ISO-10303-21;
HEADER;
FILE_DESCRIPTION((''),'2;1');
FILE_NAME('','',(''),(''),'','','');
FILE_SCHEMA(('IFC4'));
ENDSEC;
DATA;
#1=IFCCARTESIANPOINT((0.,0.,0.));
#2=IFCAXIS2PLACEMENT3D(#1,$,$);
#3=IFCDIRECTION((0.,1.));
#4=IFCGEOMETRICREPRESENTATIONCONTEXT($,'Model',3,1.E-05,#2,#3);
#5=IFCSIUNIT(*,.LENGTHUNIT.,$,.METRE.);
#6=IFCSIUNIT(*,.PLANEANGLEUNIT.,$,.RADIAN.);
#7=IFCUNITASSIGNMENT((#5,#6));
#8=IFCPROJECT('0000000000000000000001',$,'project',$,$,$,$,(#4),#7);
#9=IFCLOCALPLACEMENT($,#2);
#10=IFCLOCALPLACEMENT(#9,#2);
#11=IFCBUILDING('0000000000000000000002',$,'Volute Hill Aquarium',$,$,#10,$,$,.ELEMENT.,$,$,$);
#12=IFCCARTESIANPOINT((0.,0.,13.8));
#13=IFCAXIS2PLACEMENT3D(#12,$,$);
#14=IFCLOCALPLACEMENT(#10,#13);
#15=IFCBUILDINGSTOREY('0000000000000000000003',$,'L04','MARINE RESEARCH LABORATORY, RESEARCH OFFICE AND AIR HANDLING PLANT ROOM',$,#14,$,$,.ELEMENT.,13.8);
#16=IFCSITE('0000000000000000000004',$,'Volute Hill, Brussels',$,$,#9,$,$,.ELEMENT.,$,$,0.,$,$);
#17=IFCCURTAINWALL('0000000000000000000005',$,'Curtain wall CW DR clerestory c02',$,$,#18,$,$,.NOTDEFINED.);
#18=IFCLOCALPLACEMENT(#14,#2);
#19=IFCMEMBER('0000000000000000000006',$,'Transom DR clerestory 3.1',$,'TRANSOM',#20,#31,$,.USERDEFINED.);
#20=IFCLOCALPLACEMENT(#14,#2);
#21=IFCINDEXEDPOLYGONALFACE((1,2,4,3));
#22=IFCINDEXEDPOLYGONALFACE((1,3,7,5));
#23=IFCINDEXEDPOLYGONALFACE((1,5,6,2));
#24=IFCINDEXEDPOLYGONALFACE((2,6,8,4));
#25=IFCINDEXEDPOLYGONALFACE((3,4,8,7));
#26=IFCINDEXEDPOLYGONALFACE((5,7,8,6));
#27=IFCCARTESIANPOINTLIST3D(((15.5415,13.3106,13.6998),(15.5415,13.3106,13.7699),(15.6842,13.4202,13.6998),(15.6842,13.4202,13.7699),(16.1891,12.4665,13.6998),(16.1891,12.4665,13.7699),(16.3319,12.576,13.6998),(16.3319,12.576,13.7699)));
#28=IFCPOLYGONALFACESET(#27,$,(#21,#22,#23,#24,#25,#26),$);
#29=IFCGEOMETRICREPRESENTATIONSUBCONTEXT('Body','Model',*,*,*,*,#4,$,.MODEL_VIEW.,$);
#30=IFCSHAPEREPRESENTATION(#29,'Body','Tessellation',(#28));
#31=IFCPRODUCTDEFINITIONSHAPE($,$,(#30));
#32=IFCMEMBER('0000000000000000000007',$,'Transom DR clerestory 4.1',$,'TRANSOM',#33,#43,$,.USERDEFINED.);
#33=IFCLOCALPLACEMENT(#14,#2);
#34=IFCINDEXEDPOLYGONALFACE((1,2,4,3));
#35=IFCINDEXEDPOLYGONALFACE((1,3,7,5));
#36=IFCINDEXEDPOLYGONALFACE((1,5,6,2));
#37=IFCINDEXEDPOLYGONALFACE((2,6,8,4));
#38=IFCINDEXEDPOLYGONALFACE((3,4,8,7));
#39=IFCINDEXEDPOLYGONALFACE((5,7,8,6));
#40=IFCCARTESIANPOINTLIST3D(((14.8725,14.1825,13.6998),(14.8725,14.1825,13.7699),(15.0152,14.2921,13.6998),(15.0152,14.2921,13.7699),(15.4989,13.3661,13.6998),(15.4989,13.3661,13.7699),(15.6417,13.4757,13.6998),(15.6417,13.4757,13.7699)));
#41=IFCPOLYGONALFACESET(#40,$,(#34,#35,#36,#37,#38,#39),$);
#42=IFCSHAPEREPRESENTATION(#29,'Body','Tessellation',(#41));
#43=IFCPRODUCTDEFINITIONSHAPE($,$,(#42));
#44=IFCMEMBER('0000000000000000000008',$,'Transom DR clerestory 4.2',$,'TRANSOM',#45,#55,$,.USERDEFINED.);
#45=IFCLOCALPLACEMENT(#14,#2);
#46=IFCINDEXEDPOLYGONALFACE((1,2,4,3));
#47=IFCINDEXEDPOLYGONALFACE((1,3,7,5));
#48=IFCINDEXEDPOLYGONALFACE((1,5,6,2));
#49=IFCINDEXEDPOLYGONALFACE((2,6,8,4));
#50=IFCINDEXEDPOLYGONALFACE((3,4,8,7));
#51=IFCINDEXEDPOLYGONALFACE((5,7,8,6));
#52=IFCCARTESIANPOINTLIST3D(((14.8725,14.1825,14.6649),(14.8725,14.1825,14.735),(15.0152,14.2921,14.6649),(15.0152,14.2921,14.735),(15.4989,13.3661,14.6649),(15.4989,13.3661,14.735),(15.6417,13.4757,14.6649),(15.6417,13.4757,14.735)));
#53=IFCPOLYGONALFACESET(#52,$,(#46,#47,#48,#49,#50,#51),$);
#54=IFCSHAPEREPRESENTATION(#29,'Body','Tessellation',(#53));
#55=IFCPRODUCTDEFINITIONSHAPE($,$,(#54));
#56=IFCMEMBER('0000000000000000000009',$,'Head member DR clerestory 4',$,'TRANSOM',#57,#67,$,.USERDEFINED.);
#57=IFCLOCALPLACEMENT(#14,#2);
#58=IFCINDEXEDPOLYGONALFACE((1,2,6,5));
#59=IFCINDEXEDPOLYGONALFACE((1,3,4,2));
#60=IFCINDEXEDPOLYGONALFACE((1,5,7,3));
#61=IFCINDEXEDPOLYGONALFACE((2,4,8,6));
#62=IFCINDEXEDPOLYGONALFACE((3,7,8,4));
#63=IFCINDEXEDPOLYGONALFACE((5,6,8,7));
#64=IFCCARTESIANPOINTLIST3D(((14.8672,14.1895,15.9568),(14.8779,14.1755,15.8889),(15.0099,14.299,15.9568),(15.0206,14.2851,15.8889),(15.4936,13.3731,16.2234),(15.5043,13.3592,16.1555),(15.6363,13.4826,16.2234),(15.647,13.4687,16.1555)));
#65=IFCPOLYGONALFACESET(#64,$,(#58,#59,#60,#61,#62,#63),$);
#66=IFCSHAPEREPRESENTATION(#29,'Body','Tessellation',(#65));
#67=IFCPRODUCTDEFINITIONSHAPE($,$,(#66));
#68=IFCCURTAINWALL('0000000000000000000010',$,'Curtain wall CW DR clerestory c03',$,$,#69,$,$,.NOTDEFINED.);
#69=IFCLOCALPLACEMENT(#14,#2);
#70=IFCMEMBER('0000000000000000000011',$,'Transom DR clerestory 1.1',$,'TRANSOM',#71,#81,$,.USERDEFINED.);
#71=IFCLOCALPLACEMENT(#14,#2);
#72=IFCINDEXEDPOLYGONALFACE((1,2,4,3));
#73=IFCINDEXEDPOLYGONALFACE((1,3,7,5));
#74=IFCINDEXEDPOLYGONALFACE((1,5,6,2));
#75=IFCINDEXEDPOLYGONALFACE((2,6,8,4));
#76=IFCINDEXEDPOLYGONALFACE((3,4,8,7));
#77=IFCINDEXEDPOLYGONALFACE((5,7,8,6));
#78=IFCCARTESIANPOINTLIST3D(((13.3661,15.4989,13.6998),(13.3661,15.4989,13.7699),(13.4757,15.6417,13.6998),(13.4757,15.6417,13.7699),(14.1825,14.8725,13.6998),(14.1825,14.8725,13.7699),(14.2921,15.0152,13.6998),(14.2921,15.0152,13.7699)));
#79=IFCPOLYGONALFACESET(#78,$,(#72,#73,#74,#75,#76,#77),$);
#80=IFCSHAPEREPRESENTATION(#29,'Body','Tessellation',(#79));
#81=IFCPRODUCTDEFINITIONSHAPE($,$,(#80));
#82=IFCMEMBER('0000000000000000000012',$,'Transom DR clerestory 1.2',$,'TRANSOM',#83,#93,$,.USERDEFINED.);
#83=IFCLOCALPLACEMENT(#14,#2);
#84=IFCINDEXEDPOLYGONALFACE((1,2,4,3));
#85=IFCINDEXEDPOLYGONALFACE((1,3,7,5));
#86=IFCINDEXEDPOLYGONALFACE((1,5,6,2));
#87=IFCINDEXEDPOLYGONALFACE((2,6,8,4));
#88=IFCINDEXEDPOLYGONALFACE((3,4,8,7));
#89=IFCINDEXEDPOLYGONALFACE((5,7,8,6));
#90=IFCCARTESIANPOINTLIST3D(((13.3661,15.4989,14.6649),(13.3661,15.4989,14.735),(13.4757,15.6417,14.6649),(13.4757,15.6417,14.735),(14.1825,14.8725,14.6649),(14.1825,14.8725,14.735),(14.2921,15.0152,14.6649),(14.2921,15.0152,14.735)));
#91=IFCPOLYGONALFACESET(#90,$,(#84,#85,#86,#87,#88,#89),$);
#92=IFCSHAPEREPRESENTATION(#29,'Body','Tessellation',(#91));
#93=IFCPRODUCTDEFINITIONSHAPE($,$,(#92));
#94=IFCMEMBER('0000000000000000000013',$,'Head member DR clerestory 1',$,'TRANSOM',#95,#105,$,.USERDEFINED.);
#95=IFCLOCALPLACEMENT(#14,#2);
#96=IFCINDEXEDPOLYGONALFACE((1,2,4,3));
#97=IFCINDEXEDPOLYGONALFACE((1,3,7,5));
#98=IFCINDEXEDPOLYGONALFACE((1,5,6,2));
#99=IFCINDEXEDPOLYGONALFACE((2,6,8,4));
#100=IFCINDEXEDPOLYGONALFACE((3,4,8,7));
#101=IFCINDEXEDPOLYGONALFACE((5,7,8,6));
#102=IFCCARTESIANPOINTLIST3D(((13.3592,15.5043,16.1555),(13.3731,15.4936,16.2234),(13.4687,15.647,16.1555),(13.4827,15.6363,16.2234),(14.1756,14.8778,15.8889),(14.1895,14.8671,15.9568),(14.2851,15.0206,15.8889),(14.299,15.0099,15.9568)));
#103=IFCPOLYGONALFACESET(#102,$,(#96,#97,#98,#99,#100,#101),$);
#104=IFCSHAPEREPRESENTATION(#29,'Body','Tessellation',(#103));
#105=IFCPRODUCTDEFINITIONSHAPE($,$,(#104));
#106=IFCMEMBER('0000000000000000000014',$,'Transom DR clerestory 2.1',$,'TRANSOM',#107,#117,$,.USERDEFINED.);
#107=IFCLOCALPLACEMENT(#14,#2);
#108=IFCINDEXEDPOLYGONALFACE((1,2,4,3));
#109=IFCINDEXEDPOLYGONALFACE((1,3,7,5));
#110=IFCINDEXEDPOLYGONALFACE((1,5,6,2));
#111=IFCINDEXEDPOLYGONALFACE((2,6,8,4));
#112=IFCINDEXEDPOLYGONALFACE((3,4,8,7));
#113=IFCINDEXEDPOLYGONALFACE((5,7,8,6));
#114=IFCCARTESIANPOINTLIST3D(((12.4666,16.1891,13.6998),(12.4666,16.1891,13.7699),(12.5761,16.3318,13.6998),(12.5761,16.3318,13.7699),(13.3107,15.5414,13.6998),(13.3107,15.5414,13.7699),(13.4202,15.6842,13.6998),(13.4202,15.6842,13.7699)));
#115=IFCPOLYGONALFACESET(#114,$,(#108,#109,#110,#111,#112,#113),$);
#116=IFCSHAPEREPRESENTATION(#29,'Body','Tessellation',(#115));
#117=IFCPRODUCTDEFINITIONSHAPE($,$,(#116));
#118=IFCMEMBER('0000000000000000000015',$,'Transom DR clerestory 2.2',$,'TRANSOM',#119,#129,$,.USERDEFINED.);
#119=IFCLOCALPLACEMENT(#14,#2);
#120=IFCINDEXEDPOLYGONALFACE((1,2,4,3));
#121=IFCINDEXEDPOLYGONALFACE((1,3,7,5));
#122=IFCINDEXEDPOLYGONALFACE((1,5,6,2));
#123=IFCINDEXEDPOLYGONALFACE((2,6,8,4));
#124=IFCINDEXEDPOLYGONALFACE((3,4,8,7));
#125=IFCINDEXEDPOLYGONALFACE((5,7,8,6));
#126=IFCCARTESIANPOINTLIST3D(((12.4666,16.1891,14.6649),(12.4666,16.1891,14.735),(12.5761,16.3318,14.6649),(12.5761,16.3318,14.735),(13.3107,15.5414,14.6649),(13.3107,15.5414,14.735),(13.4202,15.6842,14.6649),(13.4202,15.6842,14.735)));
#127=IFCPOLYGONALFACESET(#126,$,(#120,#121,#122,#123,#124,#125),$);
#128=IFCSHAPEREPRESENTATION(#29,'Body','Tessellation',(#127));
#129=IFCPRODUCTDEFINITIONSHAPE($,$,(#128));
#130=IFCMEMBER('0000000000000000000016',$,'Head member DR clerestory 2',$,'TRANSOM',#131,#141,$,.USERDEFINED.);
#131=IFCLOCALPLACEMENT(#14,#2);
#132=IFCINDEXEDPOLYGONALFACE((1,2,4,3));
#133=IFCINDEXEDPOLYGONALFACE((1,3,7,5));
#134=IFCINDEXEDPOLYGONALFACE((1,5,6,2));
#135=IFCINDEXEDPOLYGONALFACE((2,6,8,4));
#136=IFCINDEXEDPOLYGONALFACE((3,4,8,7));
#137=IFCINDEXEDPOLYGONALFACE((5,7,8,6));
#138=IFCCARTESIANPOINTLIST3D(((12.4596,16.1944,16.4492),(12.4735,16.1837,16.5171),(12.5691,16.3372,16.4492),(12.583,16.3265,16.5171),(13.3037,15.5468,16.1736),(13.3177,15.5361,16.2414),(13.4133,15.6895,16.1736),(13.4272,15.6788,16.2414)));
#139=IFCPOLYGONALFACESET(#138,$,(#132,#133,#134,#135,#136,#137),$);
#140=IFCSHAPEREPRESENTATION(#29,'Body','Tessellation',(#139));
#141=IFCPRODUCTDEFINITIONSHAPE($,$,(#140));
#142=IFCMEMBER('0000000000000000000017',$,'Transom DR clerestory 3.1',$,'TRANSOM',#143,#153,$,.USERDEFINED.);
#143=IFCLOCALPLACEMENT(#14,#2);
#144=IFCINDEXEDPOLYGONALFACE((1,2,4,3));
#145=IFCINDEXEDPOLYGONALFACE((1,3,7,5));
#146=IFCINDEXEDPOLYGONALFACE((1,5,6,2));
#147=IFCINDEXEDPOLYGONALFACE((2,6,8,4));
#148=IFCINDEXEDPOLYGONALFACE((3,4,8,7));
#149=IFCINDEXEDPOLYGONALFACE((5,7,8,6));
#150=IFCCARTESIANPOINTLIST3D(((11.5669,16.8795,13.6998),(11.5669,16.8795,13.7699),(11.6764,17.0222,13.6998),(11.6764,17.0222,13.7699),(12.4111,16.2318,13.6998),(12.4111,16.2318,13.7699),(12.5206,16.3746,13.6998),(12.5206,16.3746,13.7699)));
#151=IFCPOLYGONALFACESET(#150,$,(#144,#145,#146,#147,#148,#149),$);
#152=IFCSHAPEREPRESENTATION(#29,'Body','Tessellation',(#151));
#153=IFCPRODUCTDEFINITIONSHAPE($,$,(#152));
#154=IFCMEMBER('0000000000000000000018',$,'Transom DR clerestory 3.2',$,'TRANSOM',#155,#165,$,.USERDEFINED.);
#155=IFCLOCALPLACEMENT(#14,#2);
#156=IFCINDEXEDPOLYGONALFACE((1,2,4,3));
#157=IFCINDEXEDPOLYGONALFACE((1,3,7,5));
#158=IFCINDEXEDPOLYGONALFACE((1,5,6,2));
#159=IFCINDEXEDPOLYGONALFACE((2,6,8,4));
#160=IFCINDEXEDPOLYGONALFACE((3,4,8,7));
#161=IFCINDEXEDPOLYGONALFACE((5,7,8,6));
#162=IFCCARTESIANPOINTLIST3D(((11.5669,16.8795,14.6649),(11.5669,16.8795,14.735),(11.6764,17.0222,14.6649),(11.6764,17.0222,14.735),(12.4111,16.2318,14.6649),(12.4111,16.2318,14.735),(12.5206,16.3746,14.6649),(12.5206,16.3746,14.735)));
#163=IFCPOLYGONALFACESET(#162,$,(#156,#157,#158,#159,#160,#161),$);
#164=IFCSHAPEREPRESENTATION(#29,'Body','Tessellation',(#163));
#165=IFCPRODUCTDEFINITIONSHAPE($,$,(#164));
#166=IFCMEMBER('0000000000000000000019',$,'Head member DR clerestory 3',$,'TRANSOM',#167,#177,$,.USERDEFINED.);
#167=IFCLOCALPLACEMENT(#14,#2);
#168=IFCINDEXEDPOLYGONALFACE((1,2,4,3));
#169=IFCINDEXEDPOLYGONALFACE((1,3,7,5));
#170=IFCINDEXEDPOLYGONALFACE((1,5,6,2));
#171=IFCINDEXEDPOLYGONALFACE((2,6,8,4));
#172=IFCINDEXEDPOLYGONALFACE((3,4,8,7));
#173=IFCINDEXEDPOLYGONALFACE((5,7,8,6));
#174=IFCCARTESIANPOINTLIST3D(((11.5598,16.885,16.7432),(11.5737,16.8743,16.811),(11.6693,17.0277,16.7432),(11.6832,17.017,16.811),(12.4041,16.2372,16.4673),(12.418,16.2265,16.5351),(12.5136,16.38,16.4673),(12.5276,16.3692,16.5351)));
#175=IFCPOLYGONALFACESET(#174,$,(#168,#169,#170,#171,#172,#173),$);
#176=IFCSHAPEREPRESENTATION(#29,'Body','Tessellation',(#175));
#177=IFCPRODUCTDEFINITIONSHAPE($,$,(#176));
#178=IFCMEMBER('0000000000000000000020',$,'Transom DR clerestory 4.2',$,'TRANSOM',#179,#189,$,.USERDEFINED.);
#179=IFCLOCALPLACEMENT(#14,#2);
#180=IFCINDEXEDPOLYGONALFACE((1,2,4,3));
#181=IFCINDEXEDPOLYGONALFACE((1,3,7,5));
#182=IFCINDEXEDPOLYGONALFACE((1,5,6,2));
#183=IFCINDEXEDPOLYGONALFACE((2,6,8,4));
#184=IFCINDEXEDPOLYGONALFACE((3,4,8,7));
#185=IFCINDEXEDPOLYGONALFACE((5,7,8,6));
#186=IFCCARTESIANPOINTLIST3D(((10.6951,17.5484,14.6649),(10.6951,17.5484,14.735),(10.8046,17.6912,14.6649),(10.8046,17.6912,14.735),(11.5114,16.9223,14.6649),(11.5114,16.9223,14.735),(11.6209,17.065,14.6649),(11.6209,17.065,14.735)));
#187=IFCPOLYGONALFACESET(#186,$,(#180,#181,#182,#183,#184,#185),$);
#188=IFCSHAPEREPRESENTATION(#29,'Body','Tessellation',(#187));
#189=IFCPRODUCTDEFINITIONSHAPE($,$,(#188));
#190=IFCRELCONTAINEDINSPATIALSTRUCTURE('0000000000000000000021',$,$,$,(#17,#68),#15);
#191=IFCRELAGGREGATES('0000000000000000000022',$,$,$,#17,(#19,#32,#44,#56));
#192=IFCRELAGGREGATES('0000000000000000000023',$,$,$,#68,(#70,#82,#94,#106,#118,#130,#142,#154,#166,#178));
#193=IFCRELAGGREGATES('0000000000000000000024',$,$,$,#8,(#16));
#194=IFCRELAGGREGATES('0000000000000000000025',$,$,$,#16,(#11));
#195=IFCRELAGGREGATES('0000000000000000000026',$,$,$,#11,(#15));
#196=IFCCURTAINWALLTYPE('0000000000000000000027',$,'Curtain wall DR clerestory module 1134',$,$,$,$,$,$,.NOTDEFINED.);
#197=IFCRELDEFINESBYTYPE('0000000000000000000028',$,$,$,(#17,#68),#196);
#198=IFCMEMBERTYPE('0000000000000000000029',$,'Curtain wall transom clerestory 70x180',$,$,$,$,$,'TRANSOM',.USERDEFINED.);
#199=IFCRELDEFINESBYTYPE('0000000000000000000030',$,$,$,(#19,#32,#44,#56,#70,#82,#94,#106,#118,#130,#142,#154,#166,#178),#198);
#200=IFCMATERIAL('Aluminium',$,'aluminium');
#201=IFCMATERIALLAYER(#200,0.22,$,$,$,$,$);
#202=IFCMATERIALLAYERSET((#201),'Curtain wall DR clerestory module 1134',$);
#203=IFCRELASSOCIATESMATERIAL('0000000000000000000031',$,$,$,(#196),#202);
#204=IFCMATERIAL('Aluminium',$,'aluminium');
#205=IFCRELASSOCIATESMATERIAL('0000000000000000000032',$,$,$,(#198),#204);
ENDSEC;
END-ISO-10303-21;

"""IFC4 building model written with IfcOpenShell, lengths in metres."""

from ifc_helpers import new_model, si_unit, direction, frame, origin, origin_2d, place, context, subcontext, project, spatial, rectangle, extrude, material, layer, layer_set, material_profile, profile_set, type_object, element, aggregate, save


model = new_model("IFC4")

# Units and contexts
model_context = context("Model", 3, precision=1e-05, world=origin(), true_north=direction((0.0, 1.0)))
body_context = subcontext(model_context, "Body", "Model", "MODEL_VIEW")
ifc_project = project(units=[si_unit("LENGTHUNIT", "METRE"), si_unit("PLANEANGLEUNIT", "RADIAN")], contexts=[model_context])

# Site, building, storey
site_placement = place(None, origin())
site = spatial("IfcSite", under=ifc_project, at=site_placement, Name="Volute Hill, Brussels", CompositionType="ELEMENT", RefElevation=0.0)
building_placement = place(site_placement, origin())
building = spatial("IfcBuilding", under=site, at=building_placement, Name="Volute Hill Aquarium", CompositionType="ELEMENT")
storey_placement = place(building_placement, frame((0.0, 0.0, 13.8)))
storey = spatial("IfcBuildingStorey", under=building, at=storey_placement, Name="L04", Description="MARINE RESEARCH LABORATORY, RESEARCH OFFICE AND AIR HANDLING PLANT ROOM", CompositionType="ELEMENT", Elevation=13.8)

# Curtain walls, members
ifc_material_1 = material(Name="Aluminium", Category="aluminium")
ifc_layer_1 = layer(ifc_material_1, 0.22)
ifc_layer_set_1 = layer_set([ifc_layer_1], Name="Curtain wall DR clerestory module 1134")
curtain_wall_type = type_object("IfcCurtainWallType", Name="Curtain wall DR clerestory module 1134", PredefinedType="NOTDEFINED", material=ifc_layer_set_1)
curtain_wall_1_placement = place(storey_placement, origin())
curtain_wall_1 = element("IfcCurtainWall", 1, at=curtain_wall_1_placement, inside=storey, type_object=curtain_wall_type, Name="Curtain wall CW DR clerestory c02", PredefinedType="NOTDEFINED")
ifc_material_2 = material(Name="Aluminium", Category="aluminium")
ifc_material_profile_1 = material_profile(ifc_material_2, rectangle(XDim=0.1799, YDim=0.0701, at=origin_2d()), Name="Curtain wall transom clerestory 70x180")
ifc_profile_set_1 = profile_set([ifc_material_profile_1], Name="Aluminium")
member_type = type_object("IfcMemberType", Name="Curtain wall transom clerestory 70x180", ElementType="TRANSOM", PredefinedType="USERDEFINED", material=ifc_profile_set_1)
member_1_placement = place(storey_placement, frame((16.2605, 12.5212, 13.7349), z_axis=(-0.608701, 0.7934, 0.0), x_axis=(-0.7934, -0.608701, 0.0)))
member_1 = element("IfcMember", 2, at=member_1_placement, type_object=member_type, Name="Transom DR clerestory 3.1", ObjectType="TRANSOM", PredefinedType="USERDEFINED", context=body_context, shape_type="SweptSolid", body=[
    extrude(rectangle(XDim=0.1799, YDim=0.0701, at=origin_2d()), origin(), (0.0, 0.0, 1.0), 1.064),
])
member_2_placement = place(storey_placement, frame((15.5703, 13.4209, 13.7349), z_axis=(-0.60877, 0.793347, 0.0), x_axis=(-0.793347, -0.60877, 0.0)))
member_2 = element("IfcMember", 3, at=member_2_placement, type_object=member_type, Name="Transom DR clerestory 4.1", ObjectType="TRANSOM", PredefinedType="USERDEFINED", context=body_context, shape_type="SweptSolid", body=[
    extrude(rectangle(XDim=0.1799, YDim=0.0701, at=origin_2d()), origin(), (0.0, 0.0, 1.0), 1.0291),
])
member_3_placement = place(storey_placement, frame((15.5703, 13.4209, 14.7), z_axis=(-0.60877, 0.793347, 0.0), x_axis=(-0.793347, -0.60877, 0.0)))
member_3 = element("IfcMember", 4, at=member_3_placement, type_object=member_type, Name="Transom DR clerestory 4.2", ObjectType="TRANSOM", PredefinedType="USERDEFINED", context=body_context, shape_type="SweptSolid", body=[
    extrude(rectangle(XDim=0.1799, YDim=0.0701, at=origin_2d()), origin(), (0.0, 0.0, 1.0), 1.0291),
])
member_4_placement = place(storey_placement, frame((15.5703, 13.4209, 16.1895), z_axis=(-0.589315, 0.767992, -0.250792), x_axis=(-0.793347, -0.60877, 0.0)))
member_4 = element("IfcMember", 5, at=member_4_placement, type_object=member_type, Name="Head member DR clerestory 4", ObjectType="TRANSOM", PredefinedType="USERDEFINED", context=body_context, shape_type="SweptSolid", body=[
    extrude(rectangle(XDim=0.1799, YDim=0.0701, at=origin_2d()), origin(), (0.0, 0.0, 1.0), 1.063),
])
curtain_wall_2_placement = place(storey_placement, origin())
curtain_wall_2 = element("IfcCurtainWall", 6, at=curtain_wall_2_placement, inside=storey, type_object=curtain_wall_type, Name="Curtain wall CW DR clerestory c03", PredefinedType="NOTDEFINED")
member_5_placement = place(storey_placement, frame((14.2373, 14.9438, 13.7349), z_axis=(-0.793347, 0.60877, 0.0), x_axis=(-0.60877, -0.793347, 0.0)))
member_5 = element("IfcMember", 7, at=member_5_placement, type_object=member_type, Name="Transom DR clerestory 1.1", ObjectType="TRANSOM", PredefinedType="USERDEFINED", context=body_context, shape_type="SweptSolid", body=[
    extrude(rectangle(XDim=0.1799, YDim=0.0701, at=origin_2d()), origin(), (0.0, 0.0, 1.0), 1.0291),
])
member_6_placement = place(storey_placement, frame((14.2373, 14.9438, 14.7), z_axis=(-0.793347, 0.60877, 0.0), x_axis=(-0.60877, -0.793347, 0.0)))
member_6 = element("IfcMember", 8, at=member_6_placement, type_object=member_type, Name="Transom DR clerestory 1.2", ObjectType="TRANSOM", PredefinedType="USERDEFINED", context=body_context, shape_type="SweptSolid", body=[
    extrude(rectangle(XDim=0.1799, YDim=0.0701, at=origin_2d()), origin(), (0.0, 0.0, 1.0), 1.0291),
])
member_7_placement = place(storey_placement, frame((14.2373, 14.9438, 15.9229), z_axis=(-0.767992, 0.589315, 0.250792), x_axis=(-0.60877, -0.793347, 0.0)))
member_7 = element("IfcMember", 9, at=member_7_placement, type_object=member_type, Name="Head member DR clerestory 1", ObjectType="TRANSOM", PredefinedType="USERDEFINED", context=body_context, shape_type="SweptSolid", body=[
    extrude(rectangle(XDim=0.1799, YDim=0.0701, at=origin_2d()), origin(), (0.0, 0.0, 1.0), 1.063),
])
member_8_placement = place(storey_placement, frame((13.3655, 15.6128, 13.7349), z_axis=(-0.7934, 0.608701, 0.0), x_axis=(-0.608701, -0.7934, 0.0)))
member_8 = element("IfcMember", 10, at=member_8_placement, type_object=member_type, Name="Transom DR clerestory 2.1", ObjectType="TRANSOM", PredefinedType="USERDEFINED", context=body_context, shape_type="SweptSolid", body=[
    extrude(rectangle(XDim=0.1799, YDim=0.0701, at=origin_2d()), origin(), (0.0, 0.0, 1.0), 1.064),
])
member_9_placement = place(storey_placement, frame((13.3655, 15.6128, 14.7), z_axis=(-0.7934, 0.608701, 0.0), x_axis=(-0.608701, -0.7934, 0.0)))
member_9 = element("IfcMember", 11, at=member_9_placement, type_object=member_type, Name="Transom DR clerestory 2.2", ObjectType="TRANSOM", PredefinedType="USERDEFINED", context=body_context, shape_type="SweptSolid", body=[
    extrude(rectangle(XDim=0.1799, YDim=0.0701, at=origin_2d()), origin(), (0.0, 0.0, 1.0), 1.064),
])
member_10_placement = place(storey_placement, frame((13.3655, 15.6128, 16.2075), z_axis=(-0.76805, 0.589253, 0.25076), x_axis=(-0.608701, -0.7934, 0.0)))
member_10 = element("IfcMember", 12, at=member_10_placement, type_object=member_type, Name="Head member DR clerestory 2", ObjectType="TRANSOM", PredefinedType="USERDEFINED", context=body_context, shape_type="SweptSolid", body=[
    extrude(rectangle(XDim=0.1799, YDim=0.0701, at=origin_2d()), origin(), (0.0, 0.0, 1.0), 1.0991),
])
member_11_placement = place(storey_placement, frame((12.4658, 16.3032, 13.7349), z_axis=(-0.7934, 0.608701, 0.0), x_axis=(-0.608701, -0.7934, 0.0)))
member_11 = element("IfcMember", 13, at=member_11_placement, type_object=member_type, Name="Transom DR clerestory 3.1", ObjectType="TRANSOM", PredefinedType="USERDEFINED", context=body_context, shape_type="SweptSolid", body=[
    extrude(rectangle(XDim=0.1799, YDim=0.0701, at=origin_2d()), origin(), (0.0, 0.0, 1.0), 1.064),
])
member_12_placement = place(storey_placement, frame((12.4658, 16.3032, 14.7), z_axis=(-0.7934, 0.608701, 0.0), x_axis=(-0.608701, -0.7934, 0.0)))
member_12 = element("IfcMember", 14, at=member_12_placement, type_object=member_type, Name="Transom DR clerestory 3.2", ObjectType="TRANSOM", PredefinedType="USERDEFINED", context=body_context, shape_type="SweptSolid", body=[
    extrude(rectangle(XDim=0.1799, YDim=0.0701, at=origin_2d()), origin(), (0.0, 0.0, 1.0), 1.064),
])
member_13_placement = place(storey_placement, frame((12.4658, 16.3032, 16.5012), z_axis=(-0.768007, 0.58922, 0.250968), x_axis=(-0.608701, -0.7934, 0.0)))
member_13 = element("IfcMember", 15, at=member_13_placement, type_object=member_type, Name="Head member DR clerestory 3", ObjectType="TRANSOM", PredefinedType="USERDEFINED", context=body_context, shape_type="SweptSolid", body=[
    extrude(rectangle(XDim=0.1799, YDim=0.0701, at=origin_2d()), origin(), (0.0, 0.0, 1.0), 1.0994),
])
member_14_placement = place(storey_placement, frame((11.5662, 16.9937, 14.7), z_axis=(-0.793461, 0.608621, 0.0), x_axis=(-0.608621, -0.793461, 0.0)))
member_14 = element("IfcMember", 16, at=member_14_placement, type_object=member_type, Name="Transom DR clerestory 4.2", ObjectType="TRANSOM", PredefinedType="USERDEFINED", context=body_context, shape_type="SweptSolid", body=[
    extrude(rectangle(XDim=0.1799, YDim=0.0701, at=origin_2d()), origin(), (0.0, 0.0, 1.0), 1.0288),
])

aggregate(curtain_wall_1, [member_1, member_2, member_3, member_4])
aggregate(curtain_wall_2, [member_5, member_6, member_7, member_8, member_9, member_10, member_11, member_12, member_13, member_14])

save(model, "model.ifc")
